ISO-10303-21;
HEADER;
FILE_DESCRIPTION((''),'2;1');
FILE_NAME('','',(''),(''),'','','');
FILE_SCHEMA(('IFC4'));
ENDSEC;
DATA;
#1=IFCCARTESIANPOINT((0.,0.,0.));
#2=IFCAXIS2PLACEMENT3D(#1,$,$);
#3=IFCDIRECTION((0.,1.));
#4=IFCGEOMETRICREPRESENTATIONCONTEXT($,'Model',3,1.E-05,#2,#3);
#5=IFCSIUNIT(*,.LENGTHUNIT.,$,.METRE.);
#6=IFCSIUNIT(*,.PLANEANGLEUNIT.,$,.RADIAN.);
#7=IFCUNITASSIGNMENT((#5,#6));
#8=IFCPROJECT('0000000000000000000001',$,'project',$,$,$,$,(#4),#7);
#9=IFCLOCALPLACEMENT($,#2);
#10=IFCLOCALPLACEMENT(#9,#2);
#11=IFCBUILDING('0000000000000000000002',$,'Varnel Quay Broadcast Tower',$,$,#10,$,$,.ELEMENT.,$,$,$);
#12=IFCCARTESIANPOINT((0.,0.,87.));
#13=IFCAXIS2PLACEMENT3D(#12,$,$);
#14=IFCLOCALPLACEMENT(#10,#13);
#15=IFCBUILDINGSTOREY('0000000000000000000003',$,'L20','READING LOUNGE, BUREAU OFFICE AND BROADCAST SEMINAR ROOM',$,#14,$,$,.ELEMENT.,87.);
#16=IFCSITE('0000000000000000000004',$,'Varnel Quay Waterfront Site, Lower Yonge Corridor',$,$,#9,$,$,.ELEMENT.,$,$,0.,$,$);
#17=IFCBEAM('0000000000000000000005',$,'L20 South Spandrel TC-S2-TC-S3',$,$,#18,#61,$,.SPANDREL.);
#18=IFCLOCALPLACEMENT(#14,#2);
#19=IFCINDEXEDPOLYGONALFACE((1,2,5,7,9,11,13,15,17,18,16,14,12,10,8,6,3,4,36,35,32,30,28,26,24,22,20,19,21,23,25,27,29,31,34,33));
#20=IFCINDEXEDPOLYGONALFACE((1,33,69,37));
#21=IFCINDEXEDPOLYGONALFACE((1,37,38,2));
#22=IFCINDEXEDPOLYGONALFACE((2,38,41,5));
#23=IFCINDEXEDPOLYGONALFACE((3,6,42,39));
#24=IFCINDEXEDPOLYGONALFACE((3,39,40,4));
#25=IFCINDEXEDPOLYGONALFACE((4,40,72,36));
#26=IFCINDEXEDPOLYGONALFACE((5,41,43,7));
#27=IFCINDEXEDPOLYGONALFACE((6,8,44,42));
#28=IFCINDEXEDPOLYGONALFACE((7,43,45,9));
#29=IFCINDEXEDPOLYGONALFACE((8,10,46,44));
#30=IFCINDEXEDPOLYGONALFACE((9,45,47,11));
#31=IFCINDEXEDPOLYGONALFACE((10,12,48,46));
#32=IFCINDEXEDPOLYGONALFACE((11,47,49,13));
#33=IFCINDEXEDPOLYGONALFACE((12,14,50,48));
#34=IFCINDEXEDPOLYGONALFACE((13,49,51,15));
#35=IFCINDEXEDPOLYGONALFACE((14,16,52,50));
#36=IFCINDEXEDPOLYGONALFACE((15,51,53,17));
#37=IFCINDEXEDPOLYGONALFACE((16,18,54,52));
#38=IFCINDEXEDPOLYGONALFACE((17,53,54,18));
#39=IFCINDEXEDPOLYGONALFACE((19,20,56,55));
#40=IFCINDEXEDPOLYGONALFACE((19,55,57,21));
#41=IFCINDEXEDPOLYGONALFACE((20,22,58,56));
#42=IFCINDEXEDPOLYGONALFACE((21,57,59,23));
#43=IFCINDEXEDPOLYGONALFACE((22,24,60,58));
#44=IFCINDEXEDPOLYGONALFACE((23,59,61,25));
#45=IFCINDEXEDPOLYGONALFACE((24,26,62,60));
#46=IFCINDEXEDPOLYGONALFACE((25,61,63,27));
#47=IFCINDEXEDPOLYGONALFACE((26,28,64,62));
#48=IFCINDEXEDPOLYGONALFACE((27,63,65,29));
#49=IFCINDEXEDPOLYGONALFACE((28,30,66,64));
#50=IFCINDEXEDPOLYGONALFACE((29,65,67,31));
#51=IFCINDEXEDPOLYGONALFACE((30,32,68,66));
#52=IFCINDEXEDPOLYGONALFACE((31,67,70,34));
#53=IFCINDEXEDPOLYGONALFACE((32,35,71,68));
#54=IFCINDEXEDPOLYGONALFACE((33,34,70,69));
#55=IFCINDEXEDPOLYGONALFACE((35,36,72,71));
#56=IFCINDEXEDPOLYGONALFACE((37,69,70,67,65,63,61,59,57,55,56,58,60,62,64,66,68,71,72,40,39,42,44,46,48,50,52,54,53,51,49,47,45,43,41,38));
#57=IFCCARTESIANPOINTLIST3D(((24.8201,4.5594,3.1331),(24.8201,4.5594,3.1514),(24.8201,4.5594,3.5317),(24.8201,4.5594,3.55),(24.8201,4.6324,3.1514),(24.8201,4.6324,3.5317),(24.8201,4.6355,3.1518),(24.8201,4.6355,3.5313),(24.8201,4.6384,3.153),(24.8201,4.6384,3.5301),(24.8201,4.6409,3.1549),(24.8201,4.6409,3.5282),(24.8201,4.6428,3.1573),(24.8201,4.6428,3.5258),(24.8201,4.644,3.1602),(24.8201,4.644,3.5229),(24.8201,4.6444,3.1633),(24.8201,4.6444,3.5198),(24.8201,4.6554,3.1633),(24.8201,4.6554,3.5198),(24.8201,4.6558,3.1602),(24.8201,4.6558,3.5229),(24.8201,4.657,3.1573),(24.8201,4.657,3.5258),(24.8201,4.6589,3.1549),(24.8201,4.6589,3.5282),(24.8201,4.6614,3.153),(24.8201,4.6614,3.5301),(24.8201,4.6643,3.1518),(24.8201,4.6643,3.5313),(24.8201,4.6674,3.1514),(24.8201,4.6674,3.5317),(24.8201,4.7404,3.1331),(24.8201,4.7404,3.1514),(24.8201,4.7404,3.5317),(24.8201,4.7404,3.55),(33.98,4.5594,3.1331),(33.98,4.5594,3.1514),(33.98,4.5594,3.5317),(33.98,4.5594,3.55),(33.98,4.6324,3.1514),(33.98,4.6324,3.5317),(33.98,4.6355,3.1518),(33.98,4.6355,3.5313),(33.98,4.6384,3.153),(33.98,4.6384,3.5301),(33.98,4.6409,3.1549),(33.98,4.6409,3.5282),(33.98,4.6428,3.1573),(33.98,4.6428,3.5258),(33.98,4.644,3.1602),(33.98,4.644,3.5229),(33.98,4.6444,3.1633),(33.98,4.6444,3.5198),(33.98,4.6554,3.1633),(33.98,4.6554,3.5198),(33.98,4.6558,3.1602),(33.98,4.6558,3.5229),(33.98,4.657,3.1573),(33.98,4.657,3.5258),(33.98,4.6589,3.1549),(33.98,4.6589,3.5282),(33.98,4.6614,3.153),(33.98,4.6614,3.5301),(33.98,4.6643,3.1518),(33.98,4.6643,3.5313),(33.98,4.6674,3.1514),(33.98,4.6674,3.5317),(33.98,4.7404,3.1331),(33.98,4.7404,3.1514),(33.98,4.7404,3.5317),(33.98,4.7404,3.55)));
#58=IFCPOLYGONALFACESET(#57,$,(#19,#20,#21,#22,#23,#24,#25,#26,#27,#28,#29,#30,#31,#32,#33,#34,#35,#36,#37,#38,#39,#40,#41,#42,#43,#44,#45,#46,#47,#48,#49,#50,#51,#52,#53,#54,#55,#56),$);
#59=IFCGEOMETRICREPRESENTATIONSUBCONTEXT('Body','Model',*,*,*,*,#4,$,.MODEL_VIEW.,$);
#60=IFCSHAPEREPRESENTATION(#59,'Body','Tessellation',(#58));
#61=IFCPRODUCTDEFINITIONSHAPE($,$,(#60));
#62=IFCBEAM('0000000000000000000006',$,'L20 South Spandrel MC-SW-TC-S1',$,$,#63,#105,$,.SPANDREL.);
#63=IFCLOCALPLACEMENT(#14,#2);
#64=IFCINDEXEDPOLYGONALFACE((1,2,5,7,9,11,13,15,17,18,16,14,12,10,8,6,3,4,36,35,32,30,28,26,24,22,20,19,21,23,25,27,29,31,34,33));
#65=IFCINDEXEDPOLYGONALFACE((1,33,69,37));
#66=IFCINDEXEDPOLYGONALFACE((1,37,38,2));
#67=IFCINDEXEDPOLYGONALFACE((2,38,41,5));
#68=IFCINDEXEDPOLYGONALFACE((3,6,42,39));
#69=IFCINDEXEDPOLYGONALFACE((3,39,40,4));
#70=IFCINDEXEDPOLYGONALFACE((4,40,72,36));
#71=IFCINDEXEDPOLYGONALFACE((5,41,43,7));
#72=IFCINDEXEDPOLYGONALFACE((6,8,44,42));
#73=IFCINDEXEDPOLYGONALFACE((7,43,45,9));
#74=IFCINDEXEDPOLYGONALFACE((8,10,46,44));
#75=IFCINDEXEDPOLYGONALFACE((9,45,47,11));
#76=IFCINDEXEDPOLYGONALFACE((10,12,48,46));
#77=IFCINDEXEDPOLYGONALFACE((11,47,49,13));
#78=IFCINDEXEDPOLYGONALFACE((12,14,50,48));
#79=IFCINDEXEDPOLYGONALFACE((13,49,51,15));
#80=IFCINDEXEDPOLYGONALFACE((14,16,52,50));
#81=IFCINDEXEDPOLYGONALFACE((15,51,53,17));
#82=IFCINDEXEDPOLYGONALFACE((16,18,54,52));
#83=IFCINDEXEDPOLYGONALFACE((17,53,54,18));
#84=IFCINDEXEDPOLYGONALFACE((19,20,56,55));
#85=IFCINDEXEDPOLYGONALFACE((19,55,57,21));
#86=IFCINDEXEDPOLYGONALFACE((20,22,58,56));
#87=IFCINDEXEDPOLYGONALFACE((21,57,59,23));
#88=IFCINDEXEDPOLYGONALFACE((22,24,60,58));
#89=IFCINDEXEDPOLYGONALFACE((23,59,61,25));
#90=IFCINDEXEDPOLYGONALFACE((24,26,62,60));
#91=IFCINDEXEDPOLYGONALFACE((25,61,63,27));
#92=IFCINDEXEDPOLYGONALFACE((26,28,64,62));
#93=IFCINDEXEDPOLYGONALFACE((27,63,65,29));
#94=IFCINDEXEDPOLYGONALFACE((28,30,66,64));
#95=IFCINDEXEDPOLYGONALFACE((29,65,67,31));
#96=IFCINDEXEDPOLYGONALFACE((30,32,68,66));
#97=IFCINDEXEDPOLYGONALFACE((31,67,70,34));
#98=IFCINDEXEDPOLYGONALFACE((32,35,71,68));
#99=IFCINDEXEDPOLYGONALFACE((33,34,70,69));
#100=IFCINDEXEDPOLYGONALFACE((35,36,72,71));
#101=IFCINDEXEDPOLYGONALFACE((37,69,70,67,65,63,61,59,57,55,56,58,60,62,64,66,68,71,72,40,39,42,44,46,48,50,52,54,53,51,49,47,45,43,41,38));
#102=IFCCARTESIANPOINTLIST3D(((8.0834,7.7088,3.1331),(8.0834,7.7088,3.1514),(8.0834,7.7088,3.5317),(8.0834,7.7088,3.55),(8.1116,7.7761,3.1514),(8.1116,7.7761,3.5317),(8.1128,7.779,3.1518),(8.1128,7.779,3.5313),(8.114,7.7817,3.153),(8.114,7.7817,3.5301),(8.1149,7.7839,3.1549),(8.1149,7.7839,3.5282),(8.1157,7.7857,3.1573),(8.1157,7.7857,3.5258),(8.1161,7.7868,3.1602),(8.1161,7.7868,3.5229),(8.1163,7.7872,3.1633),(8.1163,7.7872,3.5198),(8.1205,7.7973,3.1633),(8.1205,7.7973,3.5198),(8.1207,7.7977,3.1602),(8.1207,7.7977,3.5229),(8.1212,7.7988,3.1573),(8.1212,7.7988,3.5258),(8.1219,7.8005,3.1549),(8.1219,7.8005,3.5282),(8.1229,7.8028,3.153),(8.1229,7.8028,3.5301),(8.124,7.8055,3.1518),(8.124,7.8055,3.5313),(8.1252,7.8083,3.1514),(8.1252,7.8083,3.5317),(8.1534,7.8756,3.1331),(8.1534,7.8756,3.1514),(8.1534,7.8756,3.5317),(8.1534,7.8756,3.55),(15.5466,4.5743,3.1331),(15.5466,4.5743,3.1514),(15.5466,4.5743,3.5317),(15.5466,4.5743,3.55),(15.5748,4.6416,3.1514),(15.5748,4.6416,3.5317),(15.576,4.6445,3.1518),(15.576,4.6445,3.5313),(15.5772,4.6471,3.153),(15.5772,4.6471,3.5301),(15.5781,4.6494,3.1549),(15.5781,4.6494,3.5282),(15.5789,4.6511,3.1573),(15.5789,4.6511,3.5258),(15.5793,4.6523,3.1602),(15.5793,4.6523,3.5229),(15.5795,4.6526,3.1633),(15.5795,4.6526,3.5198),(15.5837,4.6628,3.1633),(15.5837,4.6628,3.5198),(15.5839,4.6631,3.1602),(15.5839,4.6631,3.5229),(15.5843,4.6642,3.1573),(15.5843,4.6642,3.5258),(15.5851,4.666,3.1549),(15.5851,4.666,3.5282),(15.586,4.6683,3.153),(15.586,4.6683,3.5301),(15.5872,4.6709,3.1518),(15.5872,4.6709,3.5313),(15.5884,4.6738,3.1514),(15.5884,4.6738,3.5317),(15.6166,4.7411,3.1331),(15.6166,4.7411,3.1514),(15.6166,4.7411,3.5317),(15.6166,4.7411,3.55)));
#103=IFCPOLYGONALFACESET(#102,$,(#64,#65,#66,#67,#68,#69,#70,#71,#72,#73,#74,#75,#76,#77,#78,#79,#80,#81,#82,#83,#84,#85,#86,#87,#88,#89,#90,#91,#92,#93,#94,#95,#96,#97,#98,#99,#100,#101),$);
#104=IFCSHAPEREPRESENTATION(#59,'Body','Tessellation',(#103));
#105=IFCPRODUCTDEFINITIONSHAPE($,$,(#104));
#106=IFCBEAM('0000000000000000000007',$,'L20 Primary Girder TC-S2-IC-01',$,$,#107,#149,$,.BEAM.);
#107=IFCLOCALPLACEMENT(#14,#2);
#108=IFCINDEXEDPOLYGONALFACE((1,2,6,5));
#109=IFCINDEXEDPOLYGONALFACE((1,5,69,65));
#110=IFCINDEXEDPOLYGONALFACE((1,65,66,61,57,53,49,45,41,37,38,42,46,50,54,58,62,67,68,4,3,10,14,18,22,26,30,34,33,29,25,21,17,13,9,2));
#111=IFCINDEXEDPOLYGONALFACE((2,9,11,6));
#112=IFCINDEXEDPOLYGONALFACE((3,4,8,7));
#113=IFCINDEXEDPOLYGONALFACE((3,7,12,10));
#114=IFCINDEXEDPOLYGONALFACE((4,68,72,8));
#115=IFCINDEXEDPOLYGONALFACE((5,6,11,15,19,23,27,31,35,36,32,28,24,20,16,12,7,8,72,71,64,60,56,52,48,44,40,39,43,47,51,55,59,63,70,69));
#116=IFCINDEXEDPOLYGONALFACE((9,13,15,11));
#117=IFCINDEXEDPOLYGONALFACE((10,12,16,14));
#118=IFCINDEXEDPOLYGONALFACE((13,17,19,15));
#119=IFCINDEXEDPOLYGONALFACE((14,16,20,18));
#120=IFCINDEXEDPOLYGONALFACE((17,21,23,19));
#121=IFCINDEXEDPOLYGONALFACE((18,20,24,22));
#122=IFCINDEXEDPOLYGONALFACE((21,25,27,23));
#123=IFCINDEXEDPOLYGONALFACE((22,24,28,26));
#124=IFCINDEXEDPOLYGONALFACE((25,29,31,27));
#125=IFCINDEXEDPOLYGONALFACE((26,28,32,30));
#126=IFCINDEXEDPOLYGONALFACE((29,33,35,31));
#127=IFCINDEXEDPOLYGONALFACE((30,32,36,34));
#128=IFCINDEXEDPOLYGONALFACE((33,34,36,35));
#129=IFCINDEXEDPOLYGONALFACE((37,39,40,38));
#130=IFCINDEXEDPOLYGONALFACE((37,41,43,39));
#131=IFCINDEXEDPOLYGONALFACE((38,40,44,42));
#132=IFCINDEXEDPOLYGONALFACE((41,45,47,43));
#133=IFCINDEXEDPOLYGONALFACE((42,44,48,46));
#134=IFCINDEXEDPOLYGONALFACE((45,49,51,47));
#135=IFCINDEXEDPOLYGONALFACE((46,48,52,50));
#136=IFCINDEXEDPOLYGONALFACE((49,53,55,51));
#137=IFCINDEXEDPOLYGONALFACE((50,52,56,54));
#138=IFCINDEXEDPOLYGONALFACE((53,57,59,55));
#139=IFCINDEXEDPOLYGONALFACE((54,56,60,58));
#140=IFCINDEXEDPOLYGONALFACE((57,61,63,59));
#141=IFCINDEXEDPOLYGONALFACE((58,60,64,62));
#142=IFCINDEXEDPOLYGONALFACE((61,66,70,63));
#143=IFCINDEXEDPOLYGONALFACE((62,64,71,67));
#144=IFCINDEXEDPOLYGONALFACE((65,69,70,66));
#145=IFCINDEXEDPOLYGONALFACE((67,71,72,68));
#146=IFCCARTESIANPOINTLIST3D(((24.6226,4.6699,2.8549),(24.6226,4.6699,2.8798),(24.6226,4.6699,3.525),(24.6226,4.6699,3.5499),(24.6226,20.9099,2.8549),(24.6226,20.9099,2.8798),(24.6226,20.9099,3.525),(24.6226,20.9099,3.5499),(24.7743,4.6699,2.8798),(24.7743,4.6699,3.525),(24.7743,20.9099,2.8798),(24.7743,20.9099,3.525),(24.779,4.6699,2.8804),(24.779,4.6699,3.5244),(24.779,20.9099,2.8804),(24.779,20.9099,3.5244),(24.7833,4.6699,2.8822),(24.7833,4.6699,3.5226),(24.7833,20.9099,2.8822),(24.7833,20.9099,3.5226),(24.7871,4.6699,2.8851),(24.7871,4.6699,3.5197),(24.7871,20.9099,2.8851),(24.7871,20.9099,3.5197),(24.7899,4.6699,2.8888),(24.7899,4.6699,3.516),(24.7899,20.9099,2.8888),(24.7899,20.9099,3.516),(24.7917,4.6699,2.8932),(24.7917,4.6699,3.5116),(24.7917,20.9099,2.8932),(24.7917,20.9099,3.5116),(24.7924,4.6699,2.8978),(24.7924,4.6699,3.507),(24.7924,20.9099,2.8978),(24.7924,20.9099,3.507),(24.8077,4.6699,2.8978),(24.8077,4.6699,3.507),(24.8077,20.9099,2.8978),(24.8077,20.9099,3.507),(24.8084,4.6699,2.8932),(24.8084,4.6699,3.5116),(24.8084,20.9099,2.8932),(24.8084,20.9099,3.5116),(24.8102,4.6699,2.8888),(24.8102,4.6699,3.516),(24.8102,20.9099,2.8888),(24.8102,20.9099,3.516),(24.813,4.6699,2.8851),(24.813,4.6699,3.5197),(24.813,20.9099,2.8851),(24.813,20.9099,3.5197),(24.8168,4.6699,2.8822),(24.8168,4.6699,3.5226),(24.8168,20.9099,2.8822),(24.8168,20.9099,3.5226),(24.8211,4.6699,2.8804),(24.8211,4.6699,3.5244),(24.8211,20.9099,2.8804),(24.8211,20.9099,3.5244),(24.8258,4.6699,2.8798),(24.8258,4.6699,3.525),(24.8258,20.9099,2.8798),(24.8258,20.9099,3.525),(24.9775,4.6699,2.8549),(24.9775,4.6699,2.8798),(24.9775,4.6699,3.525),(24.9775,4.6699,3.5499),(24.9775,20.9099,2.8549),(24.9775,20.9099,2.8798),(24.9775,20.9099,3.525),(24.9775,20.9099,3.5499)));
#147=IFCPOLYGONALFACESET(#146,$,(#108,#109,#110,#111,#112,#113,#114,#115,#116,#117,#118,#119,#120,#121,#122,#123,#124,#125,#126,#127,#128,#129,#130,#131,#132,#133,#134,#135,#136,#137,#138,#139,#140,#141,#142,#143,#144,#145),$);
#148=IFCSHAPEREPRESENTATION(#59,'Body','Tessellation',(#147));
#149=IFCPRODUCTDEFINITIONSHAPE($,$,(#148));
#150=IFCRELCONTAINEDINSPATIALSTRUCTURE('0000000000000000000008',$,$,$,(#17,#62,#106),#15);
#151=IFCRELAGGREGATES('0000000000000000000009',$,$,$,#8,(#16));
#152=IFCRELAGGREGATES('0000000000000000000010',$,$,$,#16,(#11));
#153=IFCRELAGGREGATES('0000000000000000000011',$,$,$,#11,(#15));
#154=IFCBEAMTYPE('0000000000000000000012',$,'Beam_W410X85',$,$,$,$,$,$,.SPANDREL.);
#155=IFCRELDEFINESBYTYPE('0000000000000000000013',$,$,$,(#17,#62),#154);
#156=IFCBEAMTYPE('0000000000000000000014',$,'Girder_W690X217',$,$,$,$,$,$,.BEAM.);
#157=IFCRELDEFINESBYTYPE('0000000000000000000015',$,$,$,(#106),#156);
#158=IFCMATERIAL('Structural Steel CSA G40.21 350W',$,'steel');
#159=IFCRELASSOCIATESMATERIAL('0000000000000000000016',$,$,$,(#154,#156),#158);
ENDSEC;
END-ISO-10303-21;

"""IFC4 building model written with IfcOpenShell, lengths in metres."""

from ifc_helpers import new_model, si_unit, direction, frame, origin, origin_2d, place, context, subcontext, project, spatial, i_section, extrude, source, transform, mapped, material, material_profile, profile_set, type_object, type_shapes, element, save


model = new_model("IFC4")

# Units and contexts
model_context = context("Model", 3, precision=1e-05, world=origin(), true_north=direction((0.0, 1.0)))
body_context = subcontext(model_context, "Body", "Model", "MODEL_VIEW")
ifc_project = project(units=[si_unit("LENGTHUNIT", "METRE"), si_unit("PLANEANGLEUNIT", "RADIAN")], contexts=[model_context])

# Site, building, storey
site_placement = place(None, origin())
site = spatial("IfcSite", under=ifc_project, at=site_placement, Name="Varnel Quay Waterfront Site, Lower Yonge Corridor", CompositionType="ELEMENT", RefElevation=0.0)
building_placement = place(site_placement, origin())
building = spatial("IfcBuilding", under=site, at=building_placement, Name="Varnel Quay Broadcast Tower", CompositionType="ELEMENT")
storey_placement = place(building_placement, frame((0.0, 0.0, 87.0)))
storey = spatial("IfcBuildingStorey", under=building, at=storey_placement, Name="L20", Description="READING LOUNGE, BUREAU OFFICE AND BROADCAST SEMINAR ROOM", CompositionType="ELEMENT", Elevation=87.0)

# Shared definitions
ifc_material_1 = material(Name="Structural Steel CSA G40.21 350W", Category="steel")

# Beams
ifc_material_profile_1 = material_profile(ifc_material_1, i_section(OverallWidth=0.1809, OverallDepth=0.417, WebThickness=0.011, FlangeThickness=0.0183, FilletRadius=0.012, at=origin_2d()), Name="W410X85")
ifc_profile_set_1 = profile_set([ifc_material_profile_1], Name="Structural Steel CSA G40.21 350W")
beam_type_1 = type_object("IfcBeamType", Name="Beam_W410X85", PredefinedType="SPANDREL", material=ifc_profile_set_1)
shared_shape_1 = source(origin(), body_context, "Body", "SweptSolid", [
    extrude(i_section(OverallWidth=0.1809, OverallDepth=0.417, WebThickness=0.011, FlangeThickness=0.0183, FilletRadius=0.012, at=origin_2d()), origin(), (0.0, 0.0, 1.0), 9.1599),
])
for number, where, z_axis, x_axis, name in (
    (1, (24.8201, 4.6499, 3.3416), (1.0, 0.0, 0.0), (0.0, 1.0, 0.0), "L20 South Spandrel TC-S2-TC-S3"),
):
    element("IfcBeam", number, at=place(storey_placement, frame(where, z_axis=z_axis, x_axis=x_axis)), inside=storey, type_object=beam_type_1, Name=name, PredefinedType="SPANDREL", context=body_context, shape_type="MappedRepresentation", body=[
        mapped(shared_shape_1, transform((0.0, 0.0, 0.0), x_axis=(1.0, 0.0, 0.0), y_axis=(0.0, 1.0, 0.0), z_axis=(0.0, 0.0, 1.0), scale=1.0)),
    ])
shared_shape_2 = source(origin(), body_context, "Body", "SweptSolid", [
    extrude(i_section(OverallWidth=0.1809, OverallDepth=0.417, WebThickness=0.011, FlangeThickness=0.0183, FilletRadius=0.012, at=origin_2d()), origin(), (0.0, 0.0, 1.0), 8.0947),
])
type_shapes(beam_type_1, [shared_shape_1, shared_shape_2])
beam_1_placement = place(storey_placement, frame((8.1184, 7.7922, 3.3416), z_axis=(0.921982, -0.387233, 0.0), x_axis=(0.387233, 0.921982, 0.0)))
element("IfcBeam", 2, at=beam_1_placement, inside=storey, type_object=beam_type_1, Name="L20 South Spandrel MC-SW-TC-S1", PredefinedType="SPANDREL", context=body_context, shape_type="MappedRepresentation", body=[
    mapped(shared_shape_2, transform((0.0, 0.0, 0.0), x_axis=(1.0, 0.0, 0.0), y_axis=(0.0, 1.0, 0.0), z_axis=(0.0, 0.0, 1.0), scale=1.0)),
])
ifc_material_profile_2 = material_profile(ifc_material_1, i_section(OverallWidth=0.355, OverallDepth=0.6951, WebThickness=0.0154, FlangeThickness=0.0249, FilletRadius=0.0181, at=origin_2d()), Name="W690X217")
ifc_profile_set_2 = profile_set([ifc_material_profile_2], Name="Structural Steel CSA G40.21 350W")
beam_type_2 = type_object("IfcBeamType", Name="Girder_W690X217", PredefinedType="BEAM", material=ifc_profile_set_2)
shared_shape_3 = source(origin(), body_context, "Body", "SweptSolid", [
    extrude(i_section(OverallWidth=0.355, OverallDepth=0.6951, WebThickness=0.0154, FlangeThickness=0.0249, FilletRadius=0.0181, at=origin_2d()), origin(), (0.0, 0.0, 1.0), 16.24),
])
type_shapes(beam_type_2, [shared_shape_3])
beam_2_placement = place(storey_placement, frame((24.8, 4.6699, 3.2024), z_axis=(0.0, 1.0, 0.0), x_axis=(-1.0, 0.0, 0.0)))
element("IfcBeam", 3, at=beam_2_placement, inside=storey, type_object=beam_type_2, Name="L20 Primary Girder TC-S2-IC-01", PredefinedType="BEAM", context=body_context, shape_type="MappedRepresentation", body=[
    mapped(shared_shape_3, transform((0.0, 0.0, 0.0), x_axis=(1.0, 0.0, 0.0), y_axis=(0.0, 1.0, 0.0), z_axis=(0.0, 0.0, 1.0), scale=1.0)),
])

save(model, "model.ifc")
